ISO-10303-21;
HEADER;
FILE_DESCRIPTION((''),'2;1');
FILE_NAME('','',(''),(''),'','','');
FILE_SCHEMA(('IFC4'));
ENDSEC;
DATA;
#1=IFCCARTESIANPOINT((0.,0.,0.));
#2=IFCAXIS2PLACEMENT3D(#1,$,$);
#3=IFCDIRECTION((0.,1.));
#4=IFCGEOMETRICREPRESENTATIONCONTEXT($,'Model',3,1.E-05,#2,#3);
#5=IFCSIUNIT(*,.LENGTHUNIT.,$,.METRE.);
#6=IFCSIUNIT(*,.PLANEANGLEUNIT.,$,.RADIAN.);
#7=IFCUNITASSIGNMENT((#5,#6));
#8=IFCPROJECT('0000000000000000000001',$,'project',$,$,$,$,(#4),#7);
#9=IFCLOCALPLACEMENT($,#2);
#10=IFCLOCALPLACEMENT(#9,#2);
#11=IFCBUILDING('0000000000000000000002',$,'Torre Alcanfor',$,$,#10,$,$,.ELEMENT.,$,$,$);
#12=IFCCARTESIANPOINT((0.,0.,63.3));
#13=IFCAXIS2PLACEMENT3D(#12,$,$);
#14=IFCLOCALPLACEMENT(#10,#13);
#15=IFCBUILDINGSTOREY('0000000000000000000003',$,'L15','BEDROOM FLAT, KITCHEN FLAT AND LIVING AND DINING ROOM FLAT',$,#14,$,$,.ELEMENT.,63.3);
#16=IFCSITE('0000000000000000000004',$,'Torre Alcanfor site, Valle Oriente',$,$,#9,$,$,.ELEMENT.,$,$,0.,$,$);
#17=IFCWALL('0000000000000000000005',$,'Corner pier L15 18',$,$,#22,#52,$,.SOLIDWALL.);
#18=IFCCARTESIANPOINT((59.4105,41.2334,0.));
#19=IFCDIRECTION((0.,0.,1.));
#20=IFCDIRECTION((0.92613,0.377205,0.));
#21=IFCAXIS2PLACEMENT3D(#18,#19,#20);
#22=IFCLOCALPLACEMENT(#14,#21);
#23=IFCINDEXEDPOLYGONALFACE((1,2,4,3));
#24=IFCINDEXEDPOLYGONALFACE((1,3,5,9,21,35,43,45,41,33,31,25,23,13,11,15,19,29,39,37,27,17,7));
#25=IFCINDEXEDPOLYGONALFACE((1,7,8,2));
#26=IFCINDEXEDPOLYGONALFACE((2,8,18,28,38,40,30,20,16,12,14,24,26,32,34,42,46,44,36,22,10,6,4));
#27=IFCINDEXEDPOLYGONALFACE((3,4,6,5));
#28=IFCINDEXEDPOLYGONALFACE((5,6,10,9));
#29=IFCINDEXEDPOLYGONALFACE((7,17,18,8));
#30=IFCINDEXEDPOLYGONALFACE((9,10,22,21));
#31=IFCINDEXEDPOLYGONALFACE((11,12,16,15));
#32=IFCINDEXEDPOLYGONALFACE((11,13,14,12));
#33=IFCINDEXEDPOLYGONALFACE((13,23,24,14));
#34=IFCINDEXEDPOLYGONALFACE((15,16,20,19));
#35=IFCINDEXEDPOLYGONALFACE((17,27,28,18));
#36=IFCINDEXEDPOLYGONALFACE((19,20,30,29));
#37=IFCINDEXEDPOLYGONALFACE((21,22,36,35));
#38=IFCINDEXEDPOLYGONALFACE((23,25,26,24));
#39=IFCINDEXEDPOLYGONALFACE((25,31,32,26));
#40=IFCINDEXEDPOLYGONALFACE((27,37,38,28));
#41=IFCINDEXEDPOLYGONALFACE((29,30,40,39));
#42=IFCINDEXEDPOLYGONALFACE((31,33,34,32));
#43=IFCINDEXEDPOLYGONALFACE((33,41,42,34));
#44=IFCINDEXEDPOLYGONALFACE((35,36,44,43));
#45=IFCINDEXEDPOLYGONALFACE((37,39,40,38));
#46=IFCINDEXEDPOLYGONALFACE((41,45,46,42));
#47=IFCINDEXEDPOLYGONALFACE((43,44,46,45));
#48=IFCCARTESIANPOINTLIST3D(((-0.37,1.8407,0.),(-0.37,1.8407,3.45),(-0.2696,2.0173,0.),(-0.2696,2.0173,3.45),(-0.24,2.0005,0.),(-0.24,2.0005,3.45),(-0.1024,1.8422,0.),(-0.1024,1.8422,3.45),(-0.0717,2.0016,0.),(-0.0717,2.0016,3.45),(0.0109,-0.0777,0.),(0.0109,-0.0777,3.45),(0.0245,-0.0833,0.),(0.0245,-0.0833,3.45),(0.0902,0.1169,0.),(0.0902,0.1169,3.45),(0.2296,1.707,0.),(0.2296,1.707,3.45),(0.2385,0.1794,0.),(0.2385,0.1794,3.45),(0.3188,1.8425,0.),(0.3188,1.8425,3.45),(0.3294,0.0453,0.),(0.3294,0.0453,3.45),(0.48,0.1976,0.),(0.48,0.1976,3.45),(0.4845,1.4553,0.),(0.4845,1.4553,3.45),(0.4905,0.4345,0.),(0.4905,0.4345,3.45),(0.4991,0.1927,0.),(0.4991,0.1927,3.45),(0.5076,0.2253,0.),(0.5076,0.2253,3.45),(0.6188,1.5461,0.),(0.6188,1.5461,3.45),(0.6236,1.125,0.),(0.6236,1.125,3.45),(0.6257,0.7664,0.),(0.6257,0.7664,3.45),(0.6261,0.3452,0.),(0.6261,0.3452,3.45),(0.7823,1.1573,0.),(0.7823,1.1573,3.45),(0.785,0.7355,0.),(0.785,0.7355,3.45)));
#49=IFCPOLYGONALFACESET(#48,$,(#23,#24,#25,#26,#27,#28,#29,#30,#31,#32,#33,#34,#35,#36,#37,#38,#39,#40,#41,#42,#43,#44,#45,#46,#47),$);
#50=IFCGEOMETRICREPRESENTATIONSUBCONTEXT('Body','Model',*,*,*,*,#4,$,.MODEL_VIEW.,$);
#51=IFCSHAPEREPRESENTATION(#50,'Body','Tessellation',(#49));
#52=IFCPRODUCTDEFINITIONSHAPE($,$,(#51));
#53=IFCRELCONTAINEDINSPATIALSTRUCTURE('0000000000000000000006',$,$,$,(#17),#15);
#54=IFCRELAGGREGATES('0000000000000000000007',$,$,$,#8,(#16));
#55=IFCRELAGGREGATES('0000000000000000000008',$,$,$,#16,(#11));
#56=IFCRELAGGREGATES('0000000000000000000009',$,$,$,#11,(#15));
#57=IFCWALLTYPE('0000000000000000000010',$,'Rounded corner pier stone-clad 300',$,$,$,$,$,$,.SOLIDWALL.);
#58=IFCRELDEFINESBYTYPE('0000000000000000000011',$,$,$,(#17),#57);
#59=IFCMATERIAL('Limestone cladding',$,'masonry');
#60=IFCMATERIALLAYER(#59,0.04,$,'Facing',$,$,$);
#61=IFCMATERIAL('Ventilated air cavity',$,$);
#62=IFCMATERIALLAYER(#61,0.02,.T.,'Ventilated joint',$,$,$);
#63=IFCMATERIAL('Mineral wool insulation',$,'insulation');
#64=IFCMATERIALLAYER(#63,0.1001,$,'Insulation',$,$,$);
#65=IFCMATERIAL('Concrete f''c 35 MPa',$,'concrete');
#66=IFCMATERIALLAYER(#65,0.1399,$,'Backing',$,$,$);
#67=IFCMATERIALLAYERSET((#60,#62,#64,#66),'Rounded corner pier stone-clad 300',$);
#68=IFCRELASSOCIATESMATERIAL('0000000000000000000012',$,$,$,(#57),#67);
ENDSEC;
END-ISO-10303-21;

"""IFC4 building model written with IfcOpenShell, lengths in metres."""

from ifc_helpers import new_model, si_unit, direction, frame, origin, place, context, subcontext, project, spatial, polyline, outline, extrude, material, layer, layer_set, type_object, element, save


model = new_model("IFC4")

# Units and contexts
model_context = context("Model", 3, precision=1e-05, world=origin(), true_north=direction((0.0, 1.0)))
body_context = subcontext(model_context, "Body", "Model", "MODEL_VIEW")
ifc_project = project(units=[si_unit("LENGTHUNIT", "METRE"), si_unit("PLANEANGLEUNIT", "RADIAN")], contexts=[model_context])

# Site, building, storey
site_placement = place(None, origin())
site = spatial("IfcSite", under=ifc_project, at=site_placement, Name="Torre Alcanfor site, Valle Oriente", CompositionType="ELEMENT", RefElevation=0.0)
building_placement = place(site_placement, origin())
building = spatial("IfcBuilding", under=site, at=building_placement, Name="Torre Alcanfor", CompositionType="ELEMENT")
storey_placement = place(building_placement, frame((0.0, 0.0, 63.3)))
storey = spatial("IfcBuildingStorey", under=building, at=storey_placement, Name="L15", Description="BEDROOM FLAT, KITCHEN FLAT AND LIVING AND DINING ROOM FLAT", CompositionType="ELEMENT", Elevation=63.3)

# Wall
ifc_material_1 = material(Name="Limestone cladding", Category="masonry")
ifc_layer_1 = layer(ifc_material_1, 0.04, Name="Facing")
ifc_material_2 = material(Name="Ventilated air cavity")
ifc_layer_2 = layer(ifc_material_2, 0.02, ventilated=True, Name="Ventilated joint")
ifc_material_3 = material(Name="Mineral wool insulation", Category="insulation")
ifc_layer_3 = layer(ifc_material_3, 0.1001, Name="Insulation")
ifc_material_4 = material(Name="Concrete f'c 35 MPa", Category="concrete")
ifc_layer_4 = layer(ifc_material_4, 0.1399, Name="Backing")
ifc_layer_set_1 = layer_set([ifc_layer_1, ifc_layer_2, ifc_layer_3, ifc_layer_4], Name="Rounded corner pier stone-clad 300")
wall_type_1 = type_object("IfcWallType", Name="Rounded corner pier stone-clad 300", PredefinedType="SOLIDWALL", material=ifc_layer_set_1)
wall_1_placement = place(storey_placement, frame((59.4105, 41.2334, 0.0), z_axis=(0.0, 0.0, 1.0), x_axis=(0.92613, 0.377205, 0.0)))
element("IfcWall", 1, at=wall_1_placement, inside=storey, type_object=wall_type_1, Name="Corner pier L15 18", PredefinedType="SOLIDWALL", context=body_context, shape_type="SweptSolid", body=[
    extrude(outline(polyline([(0.6261, 0.3452), (0.785, 0.7355), (0.7823, 1.1573), (0.6188, 1.5461), (0.3188, 1.8425), (-0.0717, 2.0016), (-0.24, 2.0005), (-0.2696, 2.0173), (-0.37, 1.8407), (-0.1024, 1.8422), (0.2296, 1.707), (0.4845, 1.4553), (0.6236, 1.125), (0.6257, 0.7664), (0.4905, 0.4345), (0.2385, 0.1794), (0.0902, 0.1169), (0.0109, -0.0777), (0.0245, -0.0833), (0.3294, 0.0453), (0.48, 0.1976), (0.4991, 0.1927), (0.5076, 0.2253), (0.6261, 0.3452)])), origin(), (0.0, 0.0, 1.0), 3.45),
])

save(model, "model.ifc")
